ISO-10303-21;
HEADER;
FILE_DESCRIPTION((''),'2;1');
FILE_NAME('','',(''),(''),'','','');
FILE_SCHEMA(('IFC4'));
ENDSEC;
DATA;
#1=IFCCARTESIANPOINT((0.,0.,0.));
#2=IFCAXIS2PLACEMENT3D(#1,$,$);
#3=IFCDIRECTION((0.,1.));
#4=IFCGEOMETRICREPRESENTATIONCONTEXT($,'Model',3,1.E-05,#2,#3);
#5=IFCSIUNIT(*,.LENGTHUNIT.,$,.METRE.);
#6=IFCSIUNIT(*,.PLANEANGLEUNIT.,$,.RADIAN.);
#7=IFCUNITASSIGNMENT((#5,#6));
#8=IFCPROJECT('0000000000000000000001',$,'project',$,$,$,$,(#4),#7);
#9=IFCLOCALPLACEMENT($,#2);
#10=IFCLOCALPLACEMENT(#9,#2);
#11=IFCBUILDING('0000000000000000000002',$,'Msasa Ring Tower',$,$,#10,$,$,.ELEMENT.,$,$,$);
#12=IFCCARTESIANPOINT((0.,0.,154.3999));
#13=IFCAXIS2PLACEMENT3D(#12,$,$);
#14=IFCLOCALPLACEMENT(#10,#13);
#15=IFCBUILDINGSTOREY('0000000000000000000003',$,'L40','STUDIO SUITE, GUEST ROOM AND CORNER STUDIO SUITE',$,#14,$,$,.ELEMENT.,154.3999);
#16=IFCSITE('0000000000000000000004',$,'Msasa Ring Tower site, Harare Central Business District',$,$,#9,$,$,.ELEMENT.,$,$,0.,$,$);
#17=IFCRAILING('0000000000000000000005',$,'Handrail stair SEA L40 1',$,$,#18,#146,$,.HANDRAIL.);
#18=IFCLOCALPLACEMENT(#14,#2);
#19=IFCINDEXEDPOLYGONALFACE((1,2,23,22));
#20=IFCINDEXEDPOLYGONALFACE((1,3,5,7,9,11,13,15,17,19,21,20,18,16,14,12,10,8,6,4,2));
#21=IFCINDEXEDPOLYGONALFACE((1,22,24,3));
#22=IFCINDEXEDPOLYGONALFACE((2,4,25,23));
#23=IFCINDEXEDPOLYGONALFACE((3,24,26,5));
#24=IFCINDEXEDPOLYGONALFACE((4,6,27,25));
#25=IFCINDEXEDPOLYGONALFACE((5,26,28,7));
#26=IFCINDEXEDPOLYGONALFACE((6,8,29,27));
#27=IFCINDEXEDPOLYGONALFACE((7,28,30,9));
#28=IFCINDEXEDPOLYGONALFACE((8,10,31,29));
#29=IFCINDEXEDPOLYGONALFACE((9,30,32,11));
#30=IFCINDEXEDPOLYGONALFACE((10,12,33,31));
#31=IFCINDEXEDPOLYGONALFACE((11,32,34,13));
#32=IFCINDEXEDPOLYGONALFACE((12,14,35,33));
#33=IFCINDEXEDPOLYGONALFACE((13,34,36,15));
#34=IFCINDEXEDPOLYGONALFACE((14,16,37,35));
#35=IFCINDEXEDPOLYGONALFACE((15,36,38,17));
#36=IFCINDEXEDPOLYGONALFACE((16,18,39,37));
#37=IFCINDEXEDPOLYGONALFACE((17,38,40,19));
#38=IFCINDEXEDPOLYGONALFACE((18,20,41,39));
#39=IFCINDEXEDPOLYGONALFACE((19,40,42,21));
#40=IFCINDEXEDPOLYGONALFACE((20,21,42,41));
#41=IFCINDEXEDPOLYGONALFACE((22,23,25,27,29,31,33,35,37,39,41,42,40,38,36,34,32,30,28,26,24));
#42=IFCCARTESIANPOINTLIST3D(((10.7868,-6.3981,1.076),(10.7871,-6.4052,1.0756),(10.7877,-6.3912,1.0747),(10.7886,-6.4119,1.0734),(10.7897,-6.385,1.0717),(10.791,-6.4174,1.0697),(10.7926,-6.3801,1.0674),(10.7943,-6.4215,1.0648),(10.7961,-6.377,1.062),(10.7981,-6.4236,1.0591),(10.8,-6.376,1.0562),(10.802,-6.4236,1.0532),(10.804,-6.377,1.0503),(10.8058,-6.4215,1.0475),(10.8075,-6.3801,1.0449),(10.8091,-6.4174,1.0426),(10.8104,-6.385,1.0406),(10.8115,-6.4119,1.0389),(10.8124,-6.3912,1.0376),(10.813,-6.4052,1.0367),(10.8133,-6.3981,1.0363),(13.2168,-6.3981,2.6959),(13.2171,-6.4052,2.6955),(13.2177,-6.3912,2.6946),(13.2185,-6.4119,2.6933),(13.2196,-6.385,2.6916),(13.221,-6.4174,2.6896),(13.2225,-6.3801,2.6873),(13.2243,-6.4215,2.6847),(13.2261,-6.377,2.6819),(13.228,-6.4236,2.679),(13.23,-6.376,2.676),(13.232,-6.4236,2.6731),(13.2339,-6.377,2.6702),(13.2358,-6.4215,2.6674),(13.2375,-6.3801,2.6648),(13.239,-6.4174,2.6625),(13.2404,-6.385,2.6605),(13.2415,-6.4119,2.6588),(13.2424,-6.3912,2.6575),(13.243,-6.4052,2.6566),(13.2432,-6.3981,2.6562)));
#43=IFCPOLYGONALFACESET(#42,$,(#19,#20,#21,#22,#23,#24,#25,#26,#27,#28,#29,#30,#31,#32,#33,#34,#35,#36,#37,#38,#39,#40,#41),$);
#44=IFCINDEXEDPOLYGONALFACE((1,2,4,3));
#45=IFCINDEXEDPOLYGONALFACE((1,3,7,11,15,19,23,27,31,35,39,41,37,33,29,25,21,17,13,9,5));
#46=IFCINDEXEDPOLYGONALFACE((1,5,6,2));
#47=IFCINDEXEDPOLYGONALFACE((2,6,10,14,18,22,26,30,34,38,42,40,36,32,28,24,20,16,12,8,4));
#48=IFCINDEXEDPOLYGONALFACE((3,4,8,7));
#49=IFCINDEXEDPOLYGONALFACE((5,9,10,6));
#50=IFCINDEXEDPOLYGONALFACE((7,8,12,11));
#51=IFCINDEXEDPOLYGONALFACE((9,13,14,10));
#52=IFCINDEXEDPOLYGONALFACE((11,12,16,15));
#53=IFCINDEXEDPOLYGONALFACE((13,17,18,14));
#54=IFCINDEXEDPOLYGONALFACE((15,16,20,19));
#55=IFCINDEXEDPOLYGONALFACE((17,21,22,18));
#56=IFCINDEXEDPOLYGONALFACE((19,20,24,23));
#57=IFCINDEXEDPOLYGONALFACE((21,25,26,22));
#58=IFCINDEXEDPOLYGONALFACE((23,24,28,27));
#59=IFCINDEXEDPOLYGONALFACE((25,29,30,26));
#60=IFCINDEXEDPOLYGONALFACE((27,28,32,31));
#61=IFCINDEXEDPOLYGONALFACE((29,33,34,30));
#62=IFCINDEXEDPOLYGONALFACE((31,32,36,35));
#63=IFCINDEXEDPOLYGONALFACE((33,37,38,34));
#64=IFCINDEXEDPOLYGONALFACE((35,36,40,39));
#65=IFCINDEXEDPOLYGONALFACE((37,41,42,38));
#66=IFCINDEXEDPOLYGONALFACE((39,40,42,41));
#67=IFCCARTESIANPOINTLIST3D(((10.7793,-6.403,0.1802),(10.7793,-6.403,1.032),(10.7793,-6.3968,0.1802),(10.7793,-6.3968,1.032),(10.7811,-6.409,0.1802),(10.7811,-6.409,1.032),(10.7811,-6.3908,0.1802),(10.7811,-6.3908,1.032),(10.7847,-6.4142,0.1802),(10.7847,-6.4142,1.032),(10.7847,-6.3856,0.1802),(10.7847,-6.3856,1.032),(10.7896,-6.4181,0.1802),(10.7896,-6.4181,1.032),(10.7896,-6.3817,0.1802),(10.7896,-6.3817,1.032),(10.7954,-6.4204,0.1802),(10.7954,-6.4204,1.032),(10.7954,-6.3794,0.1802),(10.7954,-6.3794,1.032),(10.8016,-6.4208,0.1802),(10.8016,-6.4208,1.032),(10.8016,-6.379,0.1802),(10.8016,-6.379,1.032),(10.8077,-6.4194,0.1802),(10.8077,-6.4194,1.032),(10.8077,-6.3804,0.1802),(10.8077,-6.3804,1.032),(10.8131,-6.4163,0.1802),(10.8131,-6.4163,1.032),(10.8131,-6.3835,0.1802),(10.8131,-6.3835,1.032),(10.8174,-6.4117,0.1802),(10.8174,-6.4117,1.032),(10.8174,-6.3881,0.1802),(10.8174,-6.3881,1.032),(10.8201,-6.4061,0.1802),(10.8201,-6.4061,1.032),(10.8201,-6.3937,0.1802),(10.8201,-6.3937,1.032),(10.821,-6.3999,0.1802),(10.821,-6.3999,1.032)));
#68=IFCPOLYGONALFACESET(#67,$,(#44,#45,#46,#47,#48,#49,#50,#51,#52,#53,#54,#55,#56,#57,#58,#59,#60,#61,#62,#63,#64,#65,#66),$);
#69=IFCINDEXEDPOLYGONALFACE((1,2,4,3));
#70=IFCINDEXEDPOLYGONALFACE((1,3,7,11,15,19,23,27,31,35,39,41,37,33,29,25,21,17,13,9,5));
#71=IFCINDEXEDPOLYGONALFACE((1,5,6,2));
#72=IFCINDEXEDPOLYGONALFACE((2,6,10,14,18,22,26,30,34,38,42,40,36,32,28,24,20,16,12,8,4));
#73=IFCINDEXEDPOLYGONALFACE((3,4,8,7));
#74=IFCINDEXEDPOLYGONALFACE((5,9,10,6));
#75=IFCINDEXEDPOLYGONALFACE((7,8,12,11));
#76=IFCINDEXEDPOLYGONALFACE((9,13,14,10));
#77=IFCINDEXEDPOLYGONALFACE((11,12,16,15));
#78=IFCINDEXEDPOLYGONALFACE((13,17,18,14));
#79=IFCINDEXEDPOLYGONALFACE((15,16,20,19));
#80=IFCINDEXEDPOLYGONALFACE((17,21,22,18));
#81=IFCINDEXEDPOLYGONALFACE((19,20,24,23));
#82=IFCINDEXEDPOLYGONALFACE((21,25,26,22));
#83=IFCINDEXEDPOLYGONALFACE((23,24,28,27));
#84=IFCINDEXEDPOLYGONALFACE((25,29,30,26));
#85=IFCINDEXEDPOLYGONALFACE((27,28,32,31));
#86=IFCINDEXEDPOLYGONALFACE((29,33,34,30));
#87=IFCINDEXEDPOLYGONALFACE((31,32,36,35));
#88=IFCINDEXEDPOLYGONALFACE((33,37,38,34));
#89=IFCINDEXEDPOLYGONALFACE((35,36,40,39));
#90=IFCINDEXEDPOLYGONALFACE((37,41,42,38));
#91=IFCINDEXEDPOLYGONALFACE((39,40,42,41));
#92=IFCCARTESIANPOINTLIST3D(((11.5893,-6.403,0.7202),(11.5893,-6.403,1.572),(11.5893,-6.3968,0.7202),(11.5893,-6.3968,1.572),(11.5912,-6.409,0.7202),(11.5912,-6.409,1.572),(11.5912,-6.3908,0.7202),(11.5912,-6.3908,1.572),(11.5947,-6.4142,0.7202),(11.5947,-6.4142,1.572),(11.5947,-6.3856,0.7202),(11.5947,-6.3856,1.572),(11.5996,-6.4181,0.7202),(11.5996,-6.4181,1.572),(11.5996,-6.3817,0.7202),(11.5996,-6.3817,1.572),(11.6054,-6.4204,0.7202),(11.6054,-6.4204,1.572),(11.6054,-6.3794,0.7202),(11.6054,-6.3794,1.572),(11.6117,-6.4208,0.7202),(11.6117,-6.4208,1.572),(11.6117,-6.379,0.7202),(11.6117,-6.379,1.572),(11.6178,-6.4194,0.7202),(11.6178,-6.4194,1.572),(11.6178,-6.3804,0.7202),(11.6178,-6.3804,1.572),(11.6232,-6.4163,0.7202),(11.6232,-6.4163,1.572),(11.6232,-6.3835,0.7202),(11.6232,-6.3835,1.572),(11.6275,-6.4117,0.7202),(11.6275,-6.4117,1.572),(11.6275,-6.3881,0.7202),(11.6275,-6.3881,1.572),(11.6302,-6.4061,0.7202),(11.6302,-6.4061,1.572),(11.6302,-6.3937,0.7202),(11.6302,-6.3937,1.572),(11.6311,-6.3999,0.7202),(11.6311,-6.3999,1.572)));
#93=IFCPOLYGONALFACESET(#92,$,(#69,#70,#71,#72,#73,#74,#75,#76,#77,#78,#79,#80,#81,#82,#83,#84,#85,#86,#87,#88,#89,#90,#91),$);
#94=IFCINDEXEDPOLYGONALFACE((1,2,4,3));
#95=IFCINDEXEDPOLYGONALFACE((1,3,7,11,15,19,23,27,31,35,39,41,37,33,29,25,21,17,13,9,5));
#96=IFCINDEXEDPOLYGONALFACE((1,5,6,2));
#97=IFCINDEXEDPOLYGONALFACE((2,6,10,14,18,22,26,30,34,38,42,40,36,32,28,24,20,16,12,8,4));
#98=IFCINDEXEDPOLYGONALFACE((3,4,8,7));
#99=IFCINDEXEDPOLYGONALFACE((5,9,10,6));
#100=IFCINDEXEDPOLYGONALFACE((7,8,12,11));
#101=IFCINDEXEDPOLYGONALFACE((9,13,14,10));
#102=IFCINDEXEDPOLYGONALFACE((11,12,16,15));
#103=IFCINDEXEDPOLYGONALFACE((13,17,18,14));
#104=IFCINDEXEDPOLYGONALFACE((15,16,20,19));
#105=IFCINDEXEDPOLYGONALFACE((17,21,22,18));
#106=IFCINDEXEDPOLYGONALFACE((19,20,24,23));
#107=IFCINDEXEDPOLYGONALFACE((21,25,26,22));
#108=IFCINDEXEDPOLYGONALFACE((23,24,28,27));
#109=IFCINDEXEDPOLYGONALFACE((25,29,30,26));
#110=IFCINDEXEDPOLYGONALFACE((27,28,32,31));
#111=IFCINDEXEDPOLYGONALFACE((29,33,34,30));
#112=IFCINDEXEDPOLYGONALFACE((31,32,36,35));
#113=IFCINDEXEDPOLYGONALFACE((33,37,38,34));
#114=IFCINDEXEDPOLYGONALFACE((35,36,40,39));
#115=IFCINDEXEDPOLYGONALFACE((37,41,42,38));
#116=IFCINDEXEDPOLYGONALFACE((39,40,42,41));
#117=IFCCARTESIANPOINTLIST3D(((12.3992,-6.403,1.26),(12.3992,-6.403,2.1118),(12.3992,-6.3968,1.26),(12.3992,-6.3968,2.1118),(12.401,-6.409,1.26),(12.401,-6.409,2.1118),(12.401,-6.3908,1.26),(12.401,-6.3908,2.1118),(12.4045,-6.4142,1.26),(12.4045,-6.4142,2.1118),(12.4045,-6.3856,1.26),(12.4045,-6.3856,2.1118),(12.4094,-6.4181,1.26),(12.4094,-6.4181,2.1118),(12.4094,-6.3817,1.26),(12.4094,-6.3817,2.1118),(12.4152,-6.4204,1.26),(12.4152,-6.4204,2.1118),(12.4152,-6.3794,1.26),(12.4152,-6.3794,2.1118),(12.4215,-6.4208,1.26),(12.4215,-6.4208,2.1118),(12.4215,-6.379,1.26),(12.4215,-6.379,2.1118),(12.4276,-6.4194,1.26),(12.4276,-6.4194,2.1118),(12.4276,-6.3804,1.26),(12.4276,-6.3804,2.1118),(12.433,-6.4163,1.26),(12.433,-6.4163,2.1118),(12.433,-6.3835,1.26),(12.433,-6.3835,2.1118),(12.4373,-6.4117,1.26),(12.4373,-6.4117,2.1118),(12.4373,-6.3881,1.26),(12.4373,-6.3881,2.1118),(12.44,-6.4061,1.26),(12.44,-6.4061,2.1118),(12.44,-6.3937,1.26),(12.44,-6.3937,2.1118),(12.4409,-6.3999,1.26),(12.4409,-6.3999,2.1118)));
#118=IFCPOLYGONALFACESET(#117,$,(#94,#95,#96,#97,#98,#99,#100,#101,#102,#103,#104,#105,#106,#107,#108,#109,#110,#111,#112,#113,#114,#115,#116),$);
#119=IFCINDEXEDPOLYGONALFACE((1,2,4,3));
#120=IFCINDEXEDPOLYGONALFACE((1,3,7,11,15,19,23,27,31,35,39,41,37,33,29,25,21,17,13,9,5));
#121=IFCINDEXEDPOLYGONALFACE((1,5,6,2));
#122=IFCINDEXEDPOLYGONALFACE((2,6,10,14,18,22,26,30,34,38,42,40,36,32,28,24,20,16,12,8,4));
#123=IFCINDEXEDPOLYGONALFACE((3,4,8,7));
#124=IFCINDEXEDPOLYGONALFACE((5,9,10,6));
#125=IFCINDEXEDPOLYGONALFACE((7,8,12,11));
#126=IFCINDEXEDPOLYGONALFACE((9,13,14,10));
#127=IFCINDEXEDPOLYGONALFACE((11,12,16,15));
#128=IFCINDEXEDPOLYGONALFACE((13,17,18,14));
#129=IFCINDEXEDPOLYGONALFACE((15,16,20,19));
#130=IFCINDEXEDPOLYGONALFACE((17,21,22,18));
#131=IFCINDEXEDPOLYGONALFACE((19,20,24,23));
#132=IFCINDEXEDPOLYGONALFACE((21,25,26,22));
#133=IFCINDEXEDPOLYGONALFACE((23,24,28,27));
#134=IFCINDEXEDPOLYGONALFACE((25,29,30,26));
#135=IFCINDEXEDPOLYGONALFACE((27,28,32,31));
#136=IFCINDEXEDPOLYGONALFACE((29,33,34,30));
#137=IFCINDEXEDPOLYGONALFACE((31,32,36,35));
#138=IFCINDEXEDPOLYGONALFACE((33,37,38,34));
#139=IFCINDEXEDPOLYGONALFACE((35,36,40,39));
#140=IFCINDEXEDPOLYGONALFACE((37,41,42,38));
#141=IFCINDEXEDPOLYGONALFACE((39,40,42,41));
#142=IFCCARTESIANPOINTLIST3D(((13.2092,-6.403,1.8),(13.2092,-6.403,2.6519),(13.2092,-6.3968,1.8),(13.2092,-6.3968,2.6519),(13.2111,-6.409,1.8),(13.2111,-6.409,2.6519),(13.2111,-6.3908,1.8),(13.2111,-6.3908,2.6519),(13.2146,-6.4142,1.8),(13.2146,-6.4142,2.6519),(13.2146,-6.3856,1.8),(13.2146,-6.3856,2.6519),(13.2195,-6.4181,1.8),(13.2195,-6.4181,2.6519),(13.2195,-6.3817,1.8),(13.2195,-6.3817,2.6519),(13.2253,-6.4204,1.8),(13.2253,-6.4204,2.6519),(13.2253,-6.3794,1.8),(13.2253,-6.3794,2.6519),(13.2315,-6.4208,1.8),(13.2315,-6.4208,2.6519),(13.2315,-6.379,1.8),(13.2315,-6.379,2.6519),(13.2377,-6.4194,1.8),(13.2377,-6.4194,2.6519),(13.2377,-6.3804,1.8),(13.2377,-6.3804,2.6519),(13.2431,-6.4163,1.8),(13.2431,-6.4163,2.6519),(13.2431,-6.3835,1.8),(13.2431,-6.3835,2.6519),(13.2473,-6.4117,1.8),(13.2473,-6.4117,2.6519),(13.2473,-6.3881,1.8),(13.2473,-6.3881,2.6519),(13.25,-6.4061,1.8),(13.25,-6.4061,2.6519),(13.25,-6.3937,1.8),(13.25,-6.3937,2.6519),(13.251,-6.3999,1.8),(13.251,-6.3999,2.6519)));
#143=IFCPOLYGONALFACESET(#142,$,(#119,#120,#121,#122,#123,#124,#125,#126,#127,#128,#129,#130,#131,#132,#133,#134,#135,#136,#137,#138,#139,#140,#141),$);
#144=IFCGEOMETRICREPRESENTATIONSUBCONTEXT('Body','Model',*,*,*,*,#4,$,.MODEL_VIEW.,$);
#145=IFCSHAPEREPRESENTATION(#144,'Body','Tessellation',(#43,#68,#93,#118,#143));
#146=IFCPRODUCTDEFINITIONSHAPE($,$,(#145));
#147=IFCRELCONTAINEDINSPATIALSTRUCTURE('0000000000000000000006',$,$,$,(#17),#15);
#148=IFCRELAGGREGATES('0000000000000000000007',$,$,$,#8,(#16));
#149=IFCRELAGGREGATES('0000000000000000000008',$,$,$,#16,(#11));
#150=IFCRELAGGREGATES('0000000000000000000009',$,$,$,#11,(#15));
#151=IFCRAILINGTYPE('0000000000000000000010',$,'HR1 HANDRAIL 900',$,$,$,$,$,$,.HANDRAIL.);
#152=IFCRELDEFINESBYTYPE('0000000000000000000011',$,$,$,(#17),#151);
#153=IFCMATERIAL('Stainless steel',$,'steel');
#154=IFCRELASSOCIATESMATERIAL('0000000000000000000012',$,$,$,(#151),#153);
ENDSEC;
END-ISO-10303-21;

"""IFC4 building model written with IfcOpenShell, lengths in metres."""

from ifc_helpers import new_model, si_unit, direction, frame, origin, origin_2d, place, context, subcontext, project, spatial, circle, extrude, material, type_object, element, save


model = new_model("IFC4")

# Units and contexts
model_context = context("Model", 3, precision=1e-05, world=origin(), true_north=direction((0.0, 1.0)))
body_context = subcontext(model_context, "Body", "Model", "MODEL_VIEW")
ifc_project = project(units=[si_unit("LENGTHUNIT", "METRE"), si_unit("PLANEANGLEUNIT", "RADIAN")], contexts=[model_context])

# Site, building, storey
site_placement = place(None, origin())
site = spatial("IfcSite", under=ifc_project, at=site_placement, Name="Msasa Ring Tower site, Harare Central Business District", CompositionType="ELEMENT", RefElevation=0.0)
building_placement = place(site_placement, origin())
building = spatial("IfcBuilding", under=site, at=building_placement, Name="Msasa Ring Tower", CompositionType="ELEMENT")
storey_placement = place(building_placement, frame((0.0, 0.0, 154.3999)))
storey = spatial("IfcBuildingStorey", under=building, at=storey_placement, Name="L40", Description="STUDIO SUITE, GUEST ROOM AND CORNER STUDIO SUITE", CompositionType="ELEMENT", Elevation=154.3999)

# Railing
ifc_material_1 = material(Name="Stainless steel", Category="steel")
railing_type = type_object("IfcRailingType", Name="HR1 HANDRAIL 900", PredefinedType="HANDRAIL", material=ifc_material_1)
for number, where, name in (
    (1, (10.8, -6.3999, 0.1802), "Handrail stair SEA L40 1"),
):
    element("IfcRailing", number, at=place(storey_placement, frame(where)), inside=storey, type_object=railing_type, Name=name, PredefinedType="HANDRAIL", context=body_context, shape_type="SweptSolid", body=[
        extrude(circle(Radius=0.0239, at=origin_2d()), frame((0.0, 0.0, 0.876), z_axis=(0.832063, 0.0, 0.554681), x_axis=(0.0, 1.0, 0.0)), (0.0, 0.0, 1.0), 2.9204),
        extrude(circle(Radius=0.021, at=origin_2d()), origin(), (0.0, 0.0, 1.0), 0.8518),
        extrude(circle(Radius=0.021, at=origin_2d()), frame((0.8101, 0.0, 0.54)), (0.0, 0.0, 1.0), 0.8518),
        extrude(circle(Radius=0.021, at=origin_2d()), frame((1.6199, 0.0, 1.0798)), (0.0, 0.0, 1.0), 0.8518),
        extrude(circle(Radius=0.021, at=origin_2d()), frame((2.4299, 0.0, 1.6199)), (0.0, 0.0, 1.0), 0.8518),
    ])

save(model, "model.ifc")
